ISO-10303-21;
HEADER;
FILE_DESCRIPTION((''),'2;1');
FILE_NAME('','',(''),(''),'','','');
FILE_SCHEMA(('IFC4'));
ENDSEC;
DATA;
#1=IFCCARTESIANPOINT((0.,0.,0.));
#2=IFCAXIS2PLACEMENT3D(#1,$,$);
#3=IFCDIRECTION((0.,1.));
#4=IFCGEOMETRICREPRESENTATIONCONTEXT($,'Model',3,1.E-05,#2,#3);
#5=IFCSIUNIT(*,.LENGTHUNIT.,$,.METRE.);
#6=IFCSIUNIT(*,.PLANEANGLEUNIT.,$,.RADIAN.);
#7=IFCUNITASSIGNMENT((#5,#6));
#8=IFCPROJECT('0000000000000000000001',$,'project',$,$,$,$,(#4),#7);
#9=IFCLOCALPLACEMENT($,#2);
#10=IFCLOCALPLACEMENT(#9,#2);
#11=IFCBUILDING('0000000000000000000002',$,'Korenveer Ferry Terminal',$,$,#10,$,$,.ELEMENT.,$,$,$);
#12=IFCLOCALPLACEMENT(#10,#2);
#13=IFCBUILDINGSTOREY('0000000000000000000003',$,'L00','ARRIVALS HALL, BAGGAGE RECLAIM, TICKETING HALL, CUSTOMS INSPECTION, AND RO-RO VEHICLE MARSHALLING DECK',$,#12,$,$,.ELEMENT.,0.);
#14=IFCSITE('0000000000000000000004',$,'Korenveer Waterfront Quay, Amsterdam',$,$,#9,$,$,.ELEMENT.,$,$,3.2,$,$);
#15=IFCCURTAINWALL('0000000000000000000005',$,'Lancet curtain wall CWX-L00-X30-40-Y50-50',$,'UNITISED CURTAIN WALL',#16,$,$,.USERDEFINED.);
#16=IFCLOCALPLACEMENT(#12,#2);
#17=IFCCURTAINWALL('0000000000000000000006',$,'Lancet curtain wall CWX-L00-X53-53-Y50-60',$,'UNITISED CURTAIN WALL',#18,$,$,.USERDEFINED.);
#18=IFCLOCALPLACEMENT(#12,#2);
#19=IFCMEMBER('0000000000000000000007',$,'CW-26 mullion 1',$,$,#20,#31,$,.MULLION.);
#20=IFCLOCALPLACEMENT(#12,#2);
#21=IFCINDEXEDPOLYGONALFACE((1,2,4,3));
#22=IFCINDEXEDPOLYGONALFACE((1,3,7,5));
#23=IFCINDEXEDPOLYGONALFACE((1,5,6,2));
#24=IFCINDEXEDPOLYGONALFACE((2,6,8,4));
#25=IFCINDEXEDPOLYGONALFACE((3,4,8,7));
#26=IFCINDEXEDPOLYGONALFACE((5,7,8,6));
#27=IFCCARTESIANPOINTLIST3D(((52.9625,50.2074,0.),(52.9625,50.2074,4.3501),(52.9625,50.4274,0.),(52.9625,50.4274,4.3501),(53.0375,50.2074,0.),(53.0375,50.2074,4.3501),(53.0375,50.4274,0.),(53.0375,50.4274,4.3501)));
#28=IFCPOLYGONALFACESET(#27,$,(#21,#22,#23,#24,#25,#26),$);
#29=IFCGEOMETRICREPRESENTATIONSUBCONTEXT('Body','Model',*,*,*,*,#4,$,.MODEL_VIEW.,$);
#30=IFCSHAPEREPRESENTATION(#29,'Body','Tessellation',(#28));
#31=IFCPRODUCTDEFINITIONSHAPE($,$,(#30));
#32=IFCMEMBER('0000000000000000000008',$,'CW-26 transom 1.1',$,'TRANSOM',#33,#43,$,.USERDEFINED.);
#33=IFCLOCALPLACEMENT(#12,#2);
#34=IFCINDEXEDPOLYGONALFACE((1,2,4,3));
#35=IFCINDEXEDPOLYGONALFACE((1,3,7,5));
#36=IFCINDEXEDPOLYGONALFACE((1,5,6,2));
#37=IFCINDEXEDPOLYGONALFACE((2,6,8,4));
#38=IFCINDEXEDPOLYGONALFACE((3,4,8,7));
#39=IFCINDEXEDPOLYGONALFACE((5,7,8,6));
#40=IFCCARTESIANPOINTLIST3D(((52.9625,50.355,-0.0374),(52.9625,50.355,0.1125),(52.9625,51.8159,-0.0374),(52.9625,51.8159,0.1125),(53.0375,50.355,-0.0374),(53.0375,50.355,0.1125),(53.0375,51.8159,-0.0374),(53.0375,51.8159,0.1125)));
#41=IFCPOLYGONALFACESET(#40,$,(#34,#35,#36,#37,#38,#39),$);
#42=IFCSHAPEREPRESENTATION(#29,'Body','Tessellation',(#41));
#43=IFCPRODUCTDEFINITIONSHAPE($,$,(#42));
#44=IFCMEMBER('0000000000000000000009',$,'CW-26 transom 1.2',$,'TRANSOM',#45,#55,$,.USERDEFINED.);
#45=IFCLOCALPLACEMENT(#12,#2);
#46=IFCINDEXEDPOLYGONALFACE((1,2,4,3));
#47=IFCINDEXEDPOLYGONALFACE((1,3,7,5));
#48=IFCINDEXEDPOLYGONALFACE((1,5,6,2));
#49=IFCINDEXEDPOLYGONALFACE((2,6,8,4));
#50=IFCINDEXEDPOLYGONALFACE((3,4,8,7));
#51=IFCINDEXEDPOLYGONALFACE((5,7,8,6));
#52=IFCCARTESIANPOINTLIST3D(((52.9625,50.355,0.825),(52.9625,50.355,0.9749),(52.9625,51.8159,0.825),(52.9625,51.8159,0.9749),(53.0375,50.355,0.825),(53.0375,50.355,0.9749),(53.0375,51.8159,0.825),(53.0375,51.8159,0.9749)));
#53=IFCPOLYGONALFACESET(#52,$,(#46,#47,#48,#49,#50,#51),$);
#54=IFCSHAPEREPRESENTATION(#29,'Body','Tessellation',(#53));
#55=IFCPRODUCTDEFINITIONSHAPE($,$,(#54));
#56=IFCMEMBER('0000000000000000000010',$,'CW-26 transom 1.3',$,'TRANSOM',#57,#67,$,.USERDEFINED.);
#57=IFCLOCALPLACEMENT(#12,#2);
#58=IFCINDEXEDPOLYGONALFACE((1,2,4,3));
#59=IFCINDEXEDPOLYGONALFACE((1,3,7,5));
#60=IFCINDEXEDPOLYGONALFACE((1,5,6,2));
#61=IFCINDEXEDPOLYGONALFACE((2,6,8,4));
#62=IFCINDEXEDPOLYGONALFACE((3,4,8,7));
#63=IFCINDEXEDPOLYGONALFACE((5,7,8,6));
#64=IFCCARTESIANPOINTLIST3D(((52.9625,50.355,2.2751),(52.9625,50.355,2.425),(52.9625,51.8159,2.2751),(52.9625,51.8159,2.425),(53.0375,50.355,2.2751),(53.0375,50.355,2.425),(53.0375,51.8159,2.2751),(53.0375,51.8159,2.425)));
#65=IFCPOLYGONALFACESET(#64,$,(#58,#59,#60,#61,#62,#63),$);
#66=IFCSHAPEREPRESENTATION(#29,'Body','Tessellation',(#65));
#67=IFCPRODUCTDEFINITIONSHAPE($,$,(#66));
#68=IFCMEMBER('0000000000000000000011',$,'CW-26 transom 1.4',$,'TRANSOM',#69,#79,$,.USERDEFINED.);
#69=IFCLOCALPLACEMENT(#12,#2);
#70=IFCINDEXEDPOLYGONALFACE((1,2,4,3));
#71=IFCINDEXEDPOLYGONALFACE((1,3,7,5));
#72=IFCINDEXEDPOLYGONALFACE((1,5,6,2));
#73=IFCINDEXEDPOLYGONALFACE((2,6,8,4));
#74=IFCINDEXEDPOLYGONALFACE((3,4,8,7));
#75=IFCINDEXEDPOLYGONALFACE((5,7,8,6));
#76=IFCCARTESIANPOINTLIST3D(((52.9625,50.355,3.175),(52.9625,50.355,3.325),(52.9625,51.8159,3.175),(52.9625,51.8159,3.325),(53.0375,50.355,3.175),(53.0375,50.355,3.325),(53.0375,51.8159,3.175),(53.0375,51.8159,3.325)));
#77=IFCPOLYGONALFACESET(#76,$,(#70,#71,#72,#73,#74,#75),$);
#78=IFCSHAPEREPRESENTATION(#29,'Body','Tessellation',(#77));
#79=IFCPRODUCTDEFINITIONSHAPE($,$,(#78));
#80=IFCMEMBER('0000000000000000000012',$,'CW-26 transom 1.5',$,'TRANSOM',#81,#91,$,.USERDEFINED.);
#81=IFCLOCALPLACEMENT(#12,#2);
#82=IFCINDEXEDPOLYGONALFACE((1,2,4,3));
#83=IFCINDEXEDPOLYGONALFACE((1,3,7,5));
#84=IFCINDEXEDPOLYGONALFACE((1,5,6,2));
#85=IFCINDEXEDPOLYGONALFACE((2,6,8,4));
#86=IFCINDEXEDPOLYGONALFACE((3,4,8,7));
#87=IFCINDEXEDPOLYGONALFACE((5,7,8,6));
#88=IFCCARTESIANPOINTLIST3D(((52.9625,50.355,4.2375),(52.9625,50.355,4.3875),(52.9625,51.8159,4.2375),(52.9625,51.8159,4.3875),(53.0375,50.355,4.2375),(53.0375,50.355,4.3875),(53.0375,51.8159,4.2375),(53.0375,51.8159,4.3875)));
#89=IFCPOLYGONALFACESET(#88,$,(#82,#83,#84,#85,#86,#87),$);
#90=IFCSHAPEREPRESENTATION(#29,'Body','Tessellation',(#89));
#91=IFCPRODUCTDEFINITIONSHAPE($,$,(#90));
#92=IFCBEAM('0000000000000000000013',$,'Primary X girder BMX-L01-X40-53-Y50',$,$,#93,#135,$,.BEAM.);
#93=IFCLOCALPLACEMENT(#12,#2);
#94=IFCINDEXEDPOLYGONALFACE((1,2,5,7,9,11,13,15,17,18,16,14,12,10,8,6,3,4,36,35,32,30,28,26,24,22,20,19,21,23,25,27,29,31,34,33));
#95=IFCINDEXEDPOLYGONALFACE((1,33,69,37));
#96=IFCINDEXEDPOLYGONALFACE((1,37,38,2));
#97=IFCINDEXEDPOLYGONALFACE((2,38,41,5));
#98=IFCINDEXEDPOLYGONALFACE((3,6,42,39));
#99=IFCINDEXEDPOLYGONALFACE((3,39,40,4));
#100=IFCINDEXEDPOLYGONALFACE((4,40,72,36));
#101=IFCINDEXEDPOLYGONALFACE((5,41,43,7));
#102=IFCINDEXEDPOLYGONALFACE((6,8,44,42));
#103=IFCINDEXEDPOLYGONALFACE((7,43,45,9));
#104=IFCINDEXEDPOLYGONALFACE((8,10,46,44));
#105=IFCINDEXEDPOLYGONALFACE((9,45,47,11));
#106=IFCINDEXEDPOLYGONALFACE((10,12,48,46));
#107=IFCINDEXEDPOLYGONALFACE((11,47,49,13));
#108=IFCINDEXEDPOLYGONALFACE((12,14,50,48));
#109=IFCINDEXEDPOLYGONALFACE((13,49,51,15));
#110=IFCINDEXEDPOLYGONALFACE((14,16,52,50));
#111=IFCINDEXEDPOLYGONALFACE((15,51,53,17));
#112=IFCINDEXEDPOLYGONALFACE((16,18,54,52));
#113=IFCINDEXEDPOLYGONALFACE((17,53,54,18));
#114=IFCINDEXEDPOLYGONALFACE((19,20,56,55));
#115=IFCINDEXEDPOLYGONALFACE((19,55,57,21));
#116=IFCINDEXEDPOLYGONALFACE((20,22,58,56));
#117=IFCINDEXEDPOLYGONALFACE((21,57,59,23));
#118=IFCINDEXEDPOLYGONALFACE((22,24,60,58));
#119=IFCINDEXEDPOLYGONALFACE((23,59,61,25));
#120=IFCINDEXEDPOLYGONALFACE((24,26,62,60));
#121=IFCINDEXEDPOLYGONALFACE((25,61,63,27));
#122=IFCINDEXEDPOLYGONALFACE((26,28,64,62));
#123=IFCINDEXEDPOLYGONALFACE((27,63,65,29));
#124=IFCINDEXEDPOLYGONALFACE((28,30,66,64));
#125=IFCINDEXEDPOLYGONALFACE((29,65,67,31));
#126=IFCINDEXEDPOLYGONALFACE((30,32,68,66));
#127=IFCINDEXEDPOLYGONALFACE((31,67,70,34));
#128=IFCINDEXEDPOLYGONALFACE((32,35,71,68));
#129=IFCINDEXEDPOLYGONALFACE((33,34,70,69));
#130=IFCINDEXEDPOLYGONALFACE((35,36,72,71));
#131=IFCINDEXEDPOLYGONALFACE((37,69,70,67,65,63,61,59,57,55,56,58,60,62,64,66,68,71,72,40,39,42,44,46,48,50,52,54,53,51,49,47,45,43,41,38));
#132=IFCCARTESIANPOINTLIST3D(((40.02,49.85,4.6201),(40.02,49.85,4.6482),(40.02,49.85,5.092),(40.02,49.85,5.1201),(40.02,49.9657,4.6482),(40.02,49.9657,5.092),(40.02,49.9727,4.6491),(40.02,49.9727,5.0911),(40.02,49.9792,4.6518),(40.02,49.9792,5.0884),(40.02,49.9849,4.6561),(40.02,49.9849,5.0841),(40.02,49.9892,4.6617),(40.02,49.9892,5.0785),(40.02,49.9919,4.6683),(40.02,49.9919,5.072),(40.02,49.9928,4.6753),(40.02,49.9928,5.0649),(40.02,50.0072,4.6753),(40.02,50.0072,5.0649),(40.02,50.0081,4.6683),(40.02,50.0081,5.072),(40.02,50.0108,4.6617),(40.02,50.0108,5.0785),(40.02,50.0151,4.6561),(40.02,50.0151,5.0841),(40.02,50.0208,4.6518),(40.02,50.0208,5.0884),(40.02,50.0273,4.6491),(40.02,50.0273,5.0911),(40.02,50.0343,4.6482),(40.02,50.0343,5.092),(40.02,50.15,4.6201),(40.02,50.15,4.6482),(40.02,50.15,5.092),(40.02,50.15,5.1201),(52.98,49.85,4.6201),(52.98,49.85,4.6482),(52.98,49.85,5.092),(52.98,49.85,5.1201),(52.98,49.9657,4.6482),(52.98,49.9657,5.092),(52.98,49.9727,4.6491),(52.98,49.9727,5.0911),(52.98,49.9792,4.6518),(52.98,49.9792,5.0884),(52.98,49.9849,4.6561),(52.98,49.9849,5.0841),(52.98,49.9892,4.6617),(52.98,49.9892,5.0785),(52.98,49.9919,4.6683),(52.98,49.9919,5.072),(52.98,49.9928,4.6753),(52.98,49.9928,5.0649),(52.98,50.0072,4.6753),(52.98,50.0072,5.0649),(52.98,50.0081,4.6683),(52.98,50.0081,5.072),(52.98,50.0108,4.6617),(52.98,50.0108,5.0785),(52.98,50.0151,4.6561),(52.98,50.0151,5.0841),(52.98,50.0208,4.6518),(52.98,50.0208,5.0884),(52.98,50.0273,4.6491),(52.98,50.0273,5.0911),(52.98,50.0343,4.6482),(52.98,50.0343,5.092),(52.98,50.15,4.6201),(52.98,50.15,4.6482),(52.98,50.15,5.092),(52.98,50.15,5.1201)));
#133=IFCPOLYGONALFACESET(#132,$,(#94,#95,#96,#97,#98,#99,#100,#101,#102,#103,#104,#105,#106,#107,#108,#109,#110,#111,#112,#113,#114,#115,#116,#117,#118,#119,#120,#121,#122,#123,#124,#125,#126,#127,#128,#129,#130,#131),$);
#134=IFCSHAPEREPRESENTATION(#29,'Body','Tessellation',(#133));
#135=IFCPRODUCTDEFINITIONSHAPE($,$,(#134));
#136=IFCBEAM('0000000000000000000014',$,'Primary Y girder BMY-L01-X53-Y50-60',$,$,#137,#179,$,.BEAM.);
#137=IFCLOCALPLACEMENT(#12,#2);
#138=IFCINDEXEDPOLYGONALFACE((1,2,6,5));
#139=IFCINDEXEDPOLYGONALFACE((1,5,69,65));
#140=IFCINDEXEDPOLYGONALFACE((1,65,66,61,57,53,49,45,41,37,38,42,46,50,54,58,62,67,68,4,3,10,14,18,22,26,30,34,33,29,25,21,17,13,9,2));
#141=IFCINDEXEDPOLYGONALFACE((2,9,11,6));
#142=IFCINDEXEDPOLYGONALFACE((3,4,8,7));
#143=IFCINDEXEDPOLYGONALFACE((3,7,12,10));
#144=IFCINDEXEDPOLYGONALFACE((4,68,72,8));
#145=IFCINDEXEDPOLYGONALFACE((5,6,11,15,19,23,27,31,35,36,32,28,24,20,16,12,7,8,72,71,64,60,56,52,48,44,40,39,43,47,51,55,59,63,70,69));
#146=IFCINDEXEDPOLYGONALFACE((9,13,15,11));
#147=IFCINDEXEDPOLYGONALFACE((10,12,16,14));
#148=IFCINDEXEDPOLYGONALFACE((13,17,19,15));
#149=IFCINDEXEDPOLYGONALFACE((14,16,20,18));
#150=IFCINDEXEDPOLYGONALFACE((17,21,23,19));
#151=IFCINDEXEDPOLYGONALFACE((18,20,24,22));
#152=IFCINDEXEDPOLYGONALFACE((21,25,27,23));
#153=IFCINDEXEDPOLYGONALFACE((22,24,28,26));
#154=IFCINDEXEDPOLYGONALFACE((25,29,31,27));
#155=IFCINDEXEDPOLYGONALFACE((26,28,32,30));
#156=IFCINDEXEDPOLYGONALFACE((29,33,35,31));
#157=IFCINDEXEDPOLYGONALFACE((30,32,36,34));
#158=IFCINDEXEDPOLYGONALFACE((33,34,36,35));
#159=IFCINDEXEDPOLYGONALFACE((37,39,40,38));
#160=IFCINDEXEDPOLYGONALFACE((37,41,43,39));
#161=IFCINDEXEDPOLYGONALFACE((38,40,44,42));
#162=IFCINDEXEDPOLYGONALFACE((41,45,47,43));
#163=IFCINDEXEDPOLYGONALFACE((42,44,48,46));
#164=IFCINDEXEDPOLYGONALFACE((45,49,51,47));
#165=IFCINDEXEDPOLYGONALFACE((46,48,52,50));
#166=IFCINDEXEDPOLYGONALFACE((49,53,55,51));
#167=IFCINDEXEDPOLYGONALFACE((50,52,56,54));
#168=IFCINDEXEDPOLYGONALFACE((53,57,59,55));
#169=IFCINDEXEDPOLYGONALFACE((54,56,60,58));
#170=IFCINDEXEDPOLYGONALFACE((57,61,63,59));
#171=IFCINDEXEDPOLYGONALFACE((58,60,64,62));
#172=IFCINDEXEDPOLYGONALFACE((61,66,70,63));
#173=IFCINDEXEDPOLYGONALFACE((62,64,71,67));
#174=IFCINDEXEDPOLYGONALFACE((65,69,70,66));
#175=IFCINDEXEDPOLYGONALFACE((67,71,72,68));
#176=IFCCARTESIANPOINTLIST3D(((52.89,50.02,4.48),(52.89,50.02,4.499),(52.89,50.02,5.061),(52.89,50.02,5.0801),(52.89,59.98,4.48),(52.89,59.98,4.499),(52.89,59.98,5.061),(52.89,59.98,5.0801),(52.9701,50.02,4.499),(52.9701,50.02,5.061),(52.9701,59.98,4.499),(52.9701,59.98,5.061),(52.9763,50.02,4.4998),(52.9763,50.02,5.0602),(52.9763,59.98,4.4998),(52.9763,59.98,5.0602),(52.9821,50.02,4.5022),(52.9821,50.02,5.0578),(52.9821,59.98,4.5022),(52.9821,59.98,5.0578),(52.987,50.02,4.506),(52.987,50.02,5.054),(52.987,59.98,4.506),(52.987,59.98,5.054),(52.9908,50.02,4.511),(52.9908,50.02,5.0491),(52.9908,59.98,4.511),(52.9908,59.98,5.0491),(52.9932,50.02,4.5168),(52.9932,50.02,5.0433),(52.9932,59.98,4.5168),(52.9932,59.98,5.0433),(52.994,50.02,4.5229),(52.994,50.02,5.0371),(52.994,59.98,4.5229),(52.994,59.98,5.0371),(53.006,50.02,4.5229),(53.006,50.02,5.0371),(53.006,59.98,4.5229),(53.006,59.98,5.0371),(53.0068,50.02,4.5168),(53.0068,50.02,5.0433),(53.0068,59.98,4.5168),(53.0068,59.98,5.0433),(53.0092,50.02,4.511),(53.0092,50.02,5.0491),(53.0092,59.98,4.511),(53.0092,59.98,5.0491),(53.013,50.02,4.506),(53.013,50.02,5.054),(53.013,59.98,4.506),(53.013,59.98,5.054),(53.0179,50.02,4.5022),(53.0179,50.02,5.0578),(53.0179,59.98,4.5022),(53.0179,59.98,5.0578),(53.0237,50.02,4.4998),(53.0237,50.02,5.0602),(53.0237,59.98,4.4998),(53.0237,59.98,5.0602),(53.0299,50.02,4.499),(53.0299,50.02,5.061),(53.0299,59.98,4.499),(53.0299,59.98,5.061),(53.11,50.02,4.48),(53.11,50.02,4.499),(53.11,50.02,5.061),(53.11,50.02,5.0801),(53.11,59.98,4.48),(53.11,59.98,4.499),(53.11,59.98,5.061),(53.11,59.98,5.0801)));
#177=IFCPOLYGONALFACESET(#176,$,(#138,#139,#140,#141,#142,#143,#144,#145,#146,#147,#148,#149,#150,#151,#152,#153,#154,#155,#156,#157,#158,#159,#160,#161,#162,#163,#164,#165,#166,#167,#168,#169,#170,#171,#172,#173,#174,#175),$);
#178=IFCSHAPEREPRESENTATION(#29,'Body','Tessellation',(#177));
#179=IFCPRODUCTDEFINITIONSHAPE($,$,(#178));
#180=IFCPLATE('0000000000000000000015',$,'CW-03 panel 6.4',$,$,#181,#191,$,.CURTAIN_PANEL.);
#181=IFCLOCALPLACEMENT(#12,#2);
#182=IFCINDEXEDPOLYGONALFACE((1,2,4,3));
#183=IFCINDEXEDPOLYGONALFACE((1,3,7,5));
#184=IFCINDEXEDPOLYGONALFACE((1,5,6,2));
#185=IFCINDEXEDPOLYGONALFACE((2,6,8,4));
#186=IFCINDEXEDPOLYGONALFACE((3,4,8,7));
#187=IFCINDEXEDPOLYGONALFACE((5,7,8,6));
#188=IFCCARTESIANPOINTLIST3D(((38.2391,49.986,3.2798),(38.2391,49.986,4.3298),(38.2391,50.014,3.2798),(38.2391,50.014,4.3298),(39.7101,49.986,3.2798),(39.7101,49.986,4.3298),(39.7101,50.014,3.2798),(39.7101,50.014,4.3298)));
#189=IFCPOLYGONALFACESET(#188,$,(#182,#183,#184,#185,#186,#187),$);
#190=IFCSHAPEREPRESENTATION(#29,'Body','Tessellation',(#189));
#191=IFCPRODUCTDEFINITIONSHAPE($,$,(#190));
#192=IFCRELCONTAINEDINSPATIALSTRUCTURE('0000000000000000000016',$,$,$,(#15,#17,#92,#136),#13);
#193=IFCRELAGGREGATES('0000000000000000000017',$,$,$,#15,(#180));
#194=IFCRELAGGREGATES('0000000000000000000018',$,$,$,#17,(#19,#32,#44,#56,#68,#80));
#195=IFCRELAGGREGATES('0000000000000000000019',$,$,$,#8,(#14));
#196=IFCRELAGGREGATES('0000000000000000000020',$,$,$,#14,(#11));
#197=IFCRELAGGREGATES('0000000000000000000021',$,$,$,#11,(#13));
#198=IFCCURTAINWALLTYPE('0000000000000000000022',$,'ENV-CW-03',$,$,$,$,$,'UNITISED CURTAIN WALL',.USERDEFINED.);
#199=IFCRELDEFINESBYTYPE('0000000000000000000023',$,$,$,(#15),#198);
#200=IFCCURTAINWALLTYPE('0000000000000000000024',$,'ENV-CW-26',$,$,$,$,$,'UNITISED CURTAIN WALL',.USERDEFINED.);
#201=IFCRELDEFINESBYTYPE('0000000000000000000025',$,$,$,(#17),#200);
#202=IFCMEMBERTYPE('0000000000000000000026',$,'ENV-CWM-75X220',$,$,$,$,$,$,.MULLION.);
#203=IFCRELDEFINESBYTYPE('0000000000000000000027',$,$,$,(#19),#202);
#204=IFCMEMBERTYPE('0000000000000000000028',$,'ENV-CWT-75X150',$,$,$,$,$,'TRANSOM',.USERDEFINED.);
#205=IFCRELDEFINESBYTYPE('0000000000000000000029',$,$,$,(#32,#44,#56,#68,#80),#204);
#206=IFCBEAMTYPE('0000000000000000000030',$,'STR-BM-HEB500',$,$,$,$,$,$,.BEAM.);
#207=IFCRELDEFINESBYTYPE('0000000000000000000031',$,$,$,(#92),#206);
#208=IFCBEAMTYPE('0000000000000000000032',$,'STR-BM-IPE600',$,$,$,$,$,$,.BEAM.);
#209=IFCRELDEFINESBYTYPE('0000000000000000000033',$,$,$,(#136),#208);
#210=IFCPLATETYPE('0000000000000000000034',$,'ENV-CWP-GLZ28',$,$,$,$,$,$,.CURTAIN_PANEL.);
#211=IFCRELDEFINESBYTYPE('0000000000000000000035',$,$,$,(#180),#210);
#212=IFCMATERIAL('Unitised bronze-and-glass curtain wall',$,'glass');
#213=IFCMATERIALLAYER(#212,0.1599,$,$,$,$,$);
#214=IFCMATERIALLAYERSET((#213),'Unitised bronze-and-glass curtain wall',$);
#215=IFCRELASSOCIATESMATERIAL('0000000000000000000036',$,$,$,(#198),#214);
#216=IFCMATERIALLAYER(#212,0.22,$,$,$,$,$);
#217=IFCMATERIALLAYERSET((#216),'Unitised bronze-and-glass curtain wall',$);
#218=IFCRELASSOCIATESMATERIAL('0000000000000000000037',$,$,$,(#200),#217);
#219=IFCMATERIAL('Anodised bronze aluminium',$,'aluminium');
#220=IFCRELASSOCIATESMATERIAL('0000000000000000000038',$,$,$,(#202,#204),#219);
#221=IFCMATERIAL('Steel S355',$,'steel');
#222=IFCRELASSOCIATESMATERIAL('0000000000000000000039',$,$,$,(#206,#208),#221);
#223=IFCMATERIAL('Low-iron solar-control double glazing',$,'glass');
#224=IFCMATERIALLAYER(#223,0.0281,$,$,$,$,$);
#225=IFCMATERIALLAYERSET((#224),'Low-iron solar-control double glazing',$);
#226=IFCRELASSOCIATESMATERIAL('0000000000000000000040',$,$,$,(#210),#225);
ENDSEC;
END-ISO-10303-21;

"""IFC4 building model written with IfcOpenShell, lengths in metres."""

from ifc_helpers import new_model, si_unit, direction, frame, origin, origin_2d, place, context, subcontext, project, spatial, rectangle, i_section, extrude, material, layer, layer_set, material_profile, profile_set, type_object, element, aggregate, save


model = new_model("IFC4")

# Units and contexts
model_context = context("Model", 3, precision=1e-05, world=origin(), true_north=direction((0.0, 1.0)))
body_context = subcontext(model_context, "Body", "Model", "MODEL_VIEW")
ifc_project = project(units=[si_unit("LENGTHUNIT", "METRE"), si_unit("PLANEANGLEUNIT", "RADIAN")], contexts=[model_context])

# Site, building, storey
site_placement = place(None, origin())
site = spatial("IfcSite", under=ifc_project, at=site_placement, Name="Korenveer Waterfront Quay, Amsterdam", CompositionType="ELEMENT", RefElevation=3.2)
building_placement = place(site_placement, origin())
building = spatial("IfcBuilding", under=site, at=building_placement, Name="Korenveer Ferry Terminal", CompositionType="ELEMENT")
storey_placement = place(building_placement, origin())
storey = spatial("IfcBuildingStorey", under=building, at=storey_placement, Name="L00", Description="ARRIVALS HALL, BAGGAGE RECLAIM, TICKETING HALL, CUSTOMS INSPECTION, AND RO-RO VEHICLE MARSHALLING DECK", CompositionType="ELEMENT", Elevation=0.0)

# Shared definitions
ifc_material_1 = material(Name="Steel S355", Category="steel")

# Curtain wall
ifc_material_2 = material(Name="Unitised bronze-and-glass curtain wall", Category="glass")
ifc_layer_1 = layer(ifc_material_2, 0.1599)
ifc_layer_set_1 = layer_set([ifc_layer_1], Name="Unitised bronze-and-glass curtain wall")
curtain_wall_type_1 = type_object("IfcCurtainWallType", Name="ENV-CW-03", ElementType="UNITISED CURTAIN WALL", PredefinedType="USERDEFINED", material=ifc_layer_set_1)
curtain_wall_1_placement = place(storey_placement, frame((30.405, 50.0, 0.0)))
curtain_wall_1 = element("IfcCurtainWall", 1, at=curtain_wall_1_placement, inside=storey, type_object=curtain_wall_type_1, Name="Lancet curtain wall CWX-L00-X30-40-Y50-50", ObjectType="UNITISED CURTAIN WALL", PredefinedType="USERDEFINED")
ifc_material_3 = material(Name="Anodised bronze aluminium", Category="aluminium")

# Curtain wall, members
ifc_layer_2 = layer(ifc_material_2, 0.22)
ifc_layer_set_2 = layer_set([ifc_layer_2], Name="Unitised bronze-and-glass curtain wall")
curtain_wall_type_2 = type_object("IfcCurtainWallType", Name="ENV-CW-26", ElementType="UNITISED CURTAIN WALL", PredefinedType="USERDEFINED", material=ifc_layer_set_2)
curtain_wall_2_placement = place(storey_placement, frame((53.0, 50.28, 0.0)))
curtain_wall_2 = element("IfcCurtainWall", 2, at=curtain_wall_2_placement, inside=storey, type_object=curtain_wall_type_2, Name="Lancet curtain wall CWX-L00-X53-53-Y50-60", ObjectType="UNITISED CURTAIN WALL", PredefinedType="USERDEFINED")
ifc_material_profile_1 = material_profile(ifc_material_3, rectangle(XDim=0.075, YDim=0.22, at=origin_2d()), Name="ALU 75x220")
ifc_profile_set_1 = profile_set([ifc_material_profile_1], Name="Anodised bronze aluminium")
member_type_1 = type_object("IfcMemberType", Name="ENV-CWM-75X220", PredefinedType="MULLION", material=ifc_profile_set_1)
member_1_placement = place(storey_placement, frame((53.0, 50.3174, 0.0), z_axis=(0.0, 0.0, 1.0), x_axis=(-1.0, 0.0, 0.0)))
member_1 = element("IfcMember", 3, at=member_1_placement, type_object=member_type_1, Name="CW-26 mullion 1", PredefinedType="MULLION", context=body_context, shape_type="SweptSolid", body=[
    extrude(rectangle(XDim=0.075, YDim=0.22, at=origin_2d()), origin(), (0.0, 0.0, 1.0), 4.3501),
])
ifc_material_profile_2 = material_profile(ifc_material_3, rectangle(XDim=0.075, YDim=0.1499, at=origin_2d()), Name="ALU 75x150")
ifc_profile_set_2 = profile_set([ifc_material_profile_2], Name="Anodised bronze aluminium")
member_type_2 = type_object("IfcMemberType", Name="ENV-CWT-75X150", ElementType="TRANSOM", PredefinedType="USERDEFINED", material=ifc_profile_set_2)
member_2_placement = place(storey_placement, frame((53.0, 50.355, 0.0376), z_axis=(0.0, 1.0, 0.0), x_axis=(-1.0, 0.0, 0.0)))
member_2 = element("IfcMember", 4, at=member_2_placement, type_object=member_type_2, Name="CW-26 transom 1.1", ObjectType="TRANSOM", PredefinedType="USERDEFINED", context=body_context, shape_type="SweptSolid", body=[
    extrude(rectangle(XDim=0.075, YDim=0.1499, at=origin_2d()), origin(), (0.0, 0.0, 1.0), 1.4609),
])
member_3_placement = place(storey_placement, frame((53.0, 50.355, 0.8999), z_axis=(0.0, 1.0, 0.0), x_axis=(-1.0, 0.0, 0.0)))
member_3 = element("IfcMember", 5, at=member_3_placement, type_object=member_type_2, Name="CW-26 transom 1.2", ObjectType="TRANSOM", PredefinedType="USERDEFINED", context=body_context, shape_type="SweptSolid", body=[
    extrude(rectangle(XDim=0.075, YDim=0.1499, at=origin_2d()), origin(), (0.0, 0.0, 1.0), 1.4609),
])
member_4_placement = place(storey_placement, frame((53.0, 50.355, 2.3501), z_axis=(0.0, 1.0, 0.0), x_axis=(-1.0, 0.0, 0.0)))
member_4 = element("IfcMember", 6, at=member_4_placement, type_object=member_type_2, Name="CW-26 transom 1.3", ObjectType="TRANSOM", PredefinedType="USERDEFINED", context=body_context, shape_type="SweptSolid", body=[
    extrude(rectangle(XDim=0.075, YDim=0.1499, at=origin_2d()), origin(), (0.0, 0.0, 1.0), 1.4609),
])
member_5_placement = place(storey_placement, frame((53.0, 50.355, 3.25), z_axis=(0.0, 1.0, 0.0), x_axis=(-1.0, 0.0, 0.0)))
member_5 = element("IfcMember", 7, at=member_5_placement, type_object=member_type_2, Name="CW-26 transom 1.4", ObjectType="TRANSOM", PredefinedType="USERDEFINED", context=body_context, shape_type="SweptSolid", body=[
    extrude(rectangle(XDim=0.075, YDim=0.1499, at=origin_2d()), origin(), (0.0, 0.0, 1.0), 1.4609),
])
member_6_placement = place(storey_placement, frame((53.0, 50.355, 4.3125), z_axis=(0.0, 1.0, 0.0), x_axis=(-1.0, 0.0, 0.0)))
member_6 = element("IfcMember", 8, at=member_6_placement, type_object=member_type_2, Name="CW-26 transom 1.5", ObjectType="TRANSOM", PredefinedType="USERDEFINED", context=body_context, shape_type="SweptSolid", body=[
    extrude(rectangle(XDim=0.075, YDim=0.1499, at=origin_2d()), origin(), (0.0, 0.0, 1.0), 1.4609),
])

# Beams
ifc_material_profile_3 = material_profile(ifc_material_1, i_section(OverallWidth=0.3, OverallDepth=0.5, WebThickness=0.0144, FlangeThickness=0.0281, FilletRadius=0.0271, at=origin_2d()), Name="HEB 500")
ifc_profile_set_3 = profile_set([ifc_material_profile_3], Name="Steel S355")
beam_type_1 = type_object("IfcBeamType", Name="STR-BM-HEB500", PredefinedType="BEAM", material=ifc_profile_set_3)
beam_1_placement = place(storey_placement, frame((40.02, 50.0, 4.8701), z_axis=(1.0, 0.0, 0.0), x_axis=(0.0, 1.0, 0.0)))
element("IfcBeam", 9, at=beam_1_placement, inside=storey, type_object=beam_type_1, Name="Primary X girder BMX-L01-X40-53-Y50", PredefinedType="BEAM", context=body_context, shape_type="SweptSolid", body=[
    extrude(i_section(OverallWidth=0.3, OverallDepth=0.5, WebThickness=0.0144, FlangeThickness=0.0281, FilletRadius=0.0271, at=origin_2d()), origin(), (0.0, 0.0, 1.0), 12.96),
])
ifc_material_profile_4 = material_profile(ifc_material_1, i_section(OverallWidth=0.22, OverallDepth=0.6001, WebThickness=0.012, FlangeThickness=0.019, FilletRadius=0.0239, at=origin_2d()), Name="IPE 600")
ifc_profile_set_4 = profile_set([ifc_material_profile_4], Name="Steel S355")
beam_type_2 = type_object("IfcBeamType", Name="STR-BM-IPE600", PredefinedType="BEAM", material=ifc_profile_set_4)
beam_2_placement = place(storey_placement, frame((53.0, 50.02, 4.78), z_axis=(0.0, 1.0, 0.0), x_axis=(-1.0, 0.0, 0.0)))
element("IfcBeam", 10, at=beam_2_placement, inside=storey, type_object=beam_type_2, Name="Primary Y girder BMY-L01-X53-Y50-60", PredefinedType="BEAM", context=body_context, shape_type="SweptSolid", body=[
    extrude(i_section(OverallWidth=0.22, OverallDepth=0.6001, WebThickness=0.012, FlangeThickness=0.019, FilletRadius=0.0239, at=origin_2d()), origin(), (0.0, 0.0, 1.0), 9.96),
])

# Plate
ifc_material_4 = material(Name="Low-iron solar-control double glazing", Category="glass")
ifc_layer_3 = layer(ifc_material_4, 0.0281)
ifc_layer_set_3 = layer_set([ifc_layer_3], Name="Low-iron solar-control double glazing")
plate_type_1 = type_object("IfcPlateType", Name="ENV-CWP-GLZ28", PredefinedType="CURTAIN_PANEL", material=ifc_layer_set_3)
plate_1_placement = place(storey_placement, frame((38.9746, 50.0, 3.2798), z_axis=(0.0, 0.0, 1.0), x_axis=(1.0, 0.0, 0.0)))
plate_1 = element("IfcPlate", 11, at=plate_1_placement, type_object=plate_type_1, Name="CW-03 panel 6.4", PredefinedType="CURTAIN_PANEL", context=body_context, shape_type="SweptSolid", body=[
    extrude(rectangle(XDim=1.4709, YDim=0.0281, at=origin_2d()), origin(), (0.0, 0.0, 1.0), 1.05),
])
aggregate(curtain_wall_1, [plate_1])
aggregate(curtain_wall_2, [member_1, member_2, member_3, member_4, member_5, member_6])

save(model, "model.ifc")
